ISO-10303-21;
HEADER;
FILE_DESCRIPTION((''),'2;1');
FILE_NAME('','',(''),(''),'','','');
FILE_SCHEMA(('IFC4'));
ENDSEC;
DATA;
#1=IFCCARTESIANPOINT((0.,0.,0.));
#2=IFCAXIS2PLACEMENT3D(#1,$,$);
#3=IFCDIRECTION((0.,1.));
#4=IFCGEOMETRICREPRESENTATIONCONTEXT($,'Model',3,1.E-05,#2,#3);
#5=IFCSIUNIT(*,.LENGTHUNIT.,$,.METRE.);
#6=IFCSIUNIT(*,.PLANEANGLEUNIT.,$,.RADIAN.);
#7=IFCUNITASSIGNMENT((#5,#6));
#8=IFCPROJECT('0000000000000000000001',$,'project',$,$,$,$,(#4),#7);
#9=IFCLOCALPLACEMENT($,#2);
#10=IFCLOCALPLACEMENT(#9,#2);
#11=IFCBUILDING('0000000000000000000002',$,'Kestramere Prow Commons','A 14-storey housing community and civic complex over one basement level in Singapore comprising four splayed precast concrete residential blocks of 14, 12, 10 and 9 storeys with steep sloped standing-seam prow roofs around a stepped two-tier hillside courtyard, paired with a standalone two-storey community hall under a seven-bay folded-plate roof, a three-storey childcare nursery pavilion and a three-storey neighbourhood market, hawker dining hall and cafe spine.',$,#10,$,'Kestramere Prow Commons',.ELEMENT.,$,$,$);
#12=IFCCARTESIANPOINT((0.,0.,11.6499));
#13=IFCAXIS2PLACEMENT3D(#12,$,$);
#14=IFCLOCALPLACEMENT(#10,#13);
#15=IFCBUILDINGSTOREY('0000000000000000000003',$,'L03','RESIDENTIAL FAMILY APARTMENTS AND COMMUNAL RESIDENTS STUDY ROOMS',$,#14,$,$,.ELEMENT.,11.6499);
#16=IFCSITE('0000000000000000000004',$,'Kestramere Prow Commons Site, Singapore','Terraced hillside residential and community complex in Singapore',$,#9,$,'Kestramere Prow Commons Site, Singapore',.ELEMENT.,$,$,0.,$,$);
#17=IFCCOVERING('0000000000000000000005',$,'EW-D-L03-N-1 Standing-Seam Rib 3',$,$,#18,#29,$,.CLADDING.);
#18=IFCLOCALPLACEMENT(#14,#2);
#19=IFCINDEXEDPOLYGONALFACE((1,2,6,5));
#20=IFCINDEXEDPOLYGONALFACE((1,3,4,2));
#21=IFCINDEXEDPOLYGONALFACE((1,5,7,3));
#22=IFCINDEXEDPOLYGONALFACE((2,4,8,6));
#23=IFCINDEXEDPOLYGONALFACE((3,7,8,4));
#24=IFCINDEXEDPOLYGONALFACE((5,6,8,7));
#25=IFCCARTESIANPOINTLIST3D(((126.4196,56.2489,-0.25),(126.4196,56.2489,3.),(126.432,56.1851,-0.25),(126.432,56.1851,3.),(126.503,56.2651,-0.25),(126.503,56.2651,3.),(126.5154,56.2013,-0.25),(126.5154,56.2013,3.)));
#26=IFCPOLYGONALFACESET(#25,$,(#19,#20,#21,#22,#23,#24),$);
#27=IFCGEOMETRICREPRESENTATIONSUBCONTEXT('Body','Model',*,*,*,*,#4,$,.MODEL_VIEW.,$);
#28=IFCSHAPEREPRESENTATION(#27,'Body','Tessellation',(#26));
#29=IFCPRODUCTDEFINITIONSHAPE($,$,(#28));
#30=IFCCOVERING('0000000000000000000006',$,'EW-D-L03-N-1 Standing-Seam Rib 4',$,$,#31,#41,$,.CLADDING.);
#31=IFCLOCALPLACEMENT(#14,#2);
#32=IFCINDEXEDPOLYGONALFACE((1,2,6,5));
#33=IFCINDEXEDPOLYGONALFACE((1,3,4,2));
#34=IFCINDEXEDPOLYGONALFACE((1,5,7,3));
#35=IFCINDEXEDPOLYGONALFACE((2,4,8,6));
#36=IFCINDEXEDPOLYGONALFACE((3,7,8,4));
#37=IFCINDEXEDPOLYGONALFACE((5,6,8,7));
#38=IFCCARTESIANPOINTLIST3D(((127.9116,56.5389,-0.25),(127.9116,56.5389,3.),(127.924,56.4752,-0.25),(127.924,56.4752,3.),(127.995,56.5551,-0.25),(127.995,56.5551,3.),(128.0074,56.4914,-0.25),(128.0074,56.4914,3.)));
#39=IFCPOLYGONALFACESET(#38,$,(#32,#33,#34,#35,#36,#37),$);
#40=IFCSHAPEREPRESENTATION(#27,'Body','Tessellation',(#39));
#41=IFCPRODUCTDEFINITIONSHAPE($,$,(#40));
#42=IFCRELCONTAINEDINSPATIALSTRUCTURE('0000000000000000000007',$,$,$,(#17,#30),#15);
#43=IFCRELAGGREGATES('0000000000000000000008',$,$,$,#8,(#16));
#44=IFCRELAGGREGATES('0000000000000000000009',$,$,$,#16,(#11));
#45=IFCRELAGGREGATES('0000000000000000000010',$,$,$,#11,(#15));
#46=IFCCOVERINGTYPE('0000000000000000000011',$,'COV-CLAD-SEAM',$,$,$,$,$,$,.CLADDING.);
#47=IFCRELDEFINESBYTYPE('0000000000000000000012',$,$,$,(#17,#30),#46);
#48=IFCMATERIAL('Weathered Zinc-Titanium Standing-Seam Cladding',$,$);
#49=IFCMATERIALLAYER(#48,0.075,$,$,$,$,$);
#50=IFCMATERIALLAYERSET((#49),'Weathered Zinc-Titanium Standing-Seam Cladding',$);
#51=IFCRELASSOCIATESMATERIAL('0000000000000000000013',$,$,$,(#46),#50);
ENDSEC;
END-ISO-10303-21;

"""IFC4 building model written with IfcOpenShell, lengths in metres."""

from ifc_helpers import new_model, si_unit, direction, frame, origin, origin_2d, place, context, subcontext, project, spatial, rectangle, extrude, material, layer, layer_set, type_object, element, save


model = new_model("IFC4")

# Units and contexts
model_context = context("Model", 3, precision=1e-05, world=origin(), true_north=direction((0.0, 1.0)))
body_context = subcontext(model_context, "Body", "Model", "MODEL_VIEW")
ifc_project = project(units=[si_unit("LENGTHUNIT", "METRE"), si_unit("PLANEANGLEUNIT", "RADIAN")], contexts=[model_context])

# Site, building, storey
site_placement = place(None, origin())
site = spatial("IfcSite", under=ifc_project, at=site_placement, Name="Kestramere Prow Commons Site, Singapore", Description="Terraced hillside residential and community complex in Singapore", LongName="Kestramere Prow Commons Site, Singapore", CompositionType="ELEMENT", RefElevation=0.0)
building_placement = place(site_placement, origin())
building = spatial("IfcBuilding", under=site, at=building_placement, Name="Kestramere Prow Commons", Description="A 14-storey housing community and civic complex over one basement level in Singapore comprising four splayed precast concrete residential blocks of 14, 12, 10 and 9 storeys with steep sloped standing-seam prow roofs around a stepped two-tier hillside courtyard, paired with a standalone two-storey community hall under a seven-bay folded-plate roof, a three-storey childcare nursery pavilion and a three-storey neighbourhood market, hawker dining hall and cafe spine.", LongName="Kestramere Prow Commons", CompositionType="ELEMENT")
storey_placement = place(building_placement, frame((0.0, 0.0, 11.6499)))
storey = spatial("IfcBuildingStorey", under=building, at=storey_placement, Name="L03", Description="RESIDENTIAL FAMILY APARTMENTS AND COMMUNAL RESIDENTS STUDY ROOMS", CompositionType="ELEMENT", Elevation=11.6499)

# Coverings
ifc_material_1 = material(Name="Weathered Zinc-Titanium Standing-Seam Cladding")
ifc_layer_1 = layer(ifc_material_1, 0.075)
ifc_layer_set_1 = layer_set([ifc_layer_1], Name="Weathered Zinc-Titanium Standing-Seam Cladding")
covering_type = type_object("IfcCoveringType", Name="COV-CLAD-SEAM", PredefinedType="CLADDING", material=ifc_layer_set_1)
for number, where, z_axis, x_axis, name in (
    (1, (126.4675, 56.2251, -0.25), (0.0, 0.0, 1.0), (0.981627, 0.190809, 0.0), "EW-D-L03-N-1 Standing-Seam Rib 3"),
    (2, (127.9595, 56.5151, -0.25), (0.0, 0.0, 1.0), (0.981627, 0.190809, 0.0), "EW-D-L03-N-1 Standing-Seam Rib 4"),
):
    element("IfcCovering", number, at=place(storey_placement, frame(where, z_axis=z_axis, x_axis=x_axis)), inside=storey, type_object=covering_type, Name=name, PredefinedType="CLADDING", context=body_context, shape_type="SweptSolid", body=[
        extrude(rectangle(XDim=0.085, YDim=0.0649, at=origin_2d()), origin(), (0.0, 0.0, 1.0), 3.25),
    ])

save(model, "model.ifc")
